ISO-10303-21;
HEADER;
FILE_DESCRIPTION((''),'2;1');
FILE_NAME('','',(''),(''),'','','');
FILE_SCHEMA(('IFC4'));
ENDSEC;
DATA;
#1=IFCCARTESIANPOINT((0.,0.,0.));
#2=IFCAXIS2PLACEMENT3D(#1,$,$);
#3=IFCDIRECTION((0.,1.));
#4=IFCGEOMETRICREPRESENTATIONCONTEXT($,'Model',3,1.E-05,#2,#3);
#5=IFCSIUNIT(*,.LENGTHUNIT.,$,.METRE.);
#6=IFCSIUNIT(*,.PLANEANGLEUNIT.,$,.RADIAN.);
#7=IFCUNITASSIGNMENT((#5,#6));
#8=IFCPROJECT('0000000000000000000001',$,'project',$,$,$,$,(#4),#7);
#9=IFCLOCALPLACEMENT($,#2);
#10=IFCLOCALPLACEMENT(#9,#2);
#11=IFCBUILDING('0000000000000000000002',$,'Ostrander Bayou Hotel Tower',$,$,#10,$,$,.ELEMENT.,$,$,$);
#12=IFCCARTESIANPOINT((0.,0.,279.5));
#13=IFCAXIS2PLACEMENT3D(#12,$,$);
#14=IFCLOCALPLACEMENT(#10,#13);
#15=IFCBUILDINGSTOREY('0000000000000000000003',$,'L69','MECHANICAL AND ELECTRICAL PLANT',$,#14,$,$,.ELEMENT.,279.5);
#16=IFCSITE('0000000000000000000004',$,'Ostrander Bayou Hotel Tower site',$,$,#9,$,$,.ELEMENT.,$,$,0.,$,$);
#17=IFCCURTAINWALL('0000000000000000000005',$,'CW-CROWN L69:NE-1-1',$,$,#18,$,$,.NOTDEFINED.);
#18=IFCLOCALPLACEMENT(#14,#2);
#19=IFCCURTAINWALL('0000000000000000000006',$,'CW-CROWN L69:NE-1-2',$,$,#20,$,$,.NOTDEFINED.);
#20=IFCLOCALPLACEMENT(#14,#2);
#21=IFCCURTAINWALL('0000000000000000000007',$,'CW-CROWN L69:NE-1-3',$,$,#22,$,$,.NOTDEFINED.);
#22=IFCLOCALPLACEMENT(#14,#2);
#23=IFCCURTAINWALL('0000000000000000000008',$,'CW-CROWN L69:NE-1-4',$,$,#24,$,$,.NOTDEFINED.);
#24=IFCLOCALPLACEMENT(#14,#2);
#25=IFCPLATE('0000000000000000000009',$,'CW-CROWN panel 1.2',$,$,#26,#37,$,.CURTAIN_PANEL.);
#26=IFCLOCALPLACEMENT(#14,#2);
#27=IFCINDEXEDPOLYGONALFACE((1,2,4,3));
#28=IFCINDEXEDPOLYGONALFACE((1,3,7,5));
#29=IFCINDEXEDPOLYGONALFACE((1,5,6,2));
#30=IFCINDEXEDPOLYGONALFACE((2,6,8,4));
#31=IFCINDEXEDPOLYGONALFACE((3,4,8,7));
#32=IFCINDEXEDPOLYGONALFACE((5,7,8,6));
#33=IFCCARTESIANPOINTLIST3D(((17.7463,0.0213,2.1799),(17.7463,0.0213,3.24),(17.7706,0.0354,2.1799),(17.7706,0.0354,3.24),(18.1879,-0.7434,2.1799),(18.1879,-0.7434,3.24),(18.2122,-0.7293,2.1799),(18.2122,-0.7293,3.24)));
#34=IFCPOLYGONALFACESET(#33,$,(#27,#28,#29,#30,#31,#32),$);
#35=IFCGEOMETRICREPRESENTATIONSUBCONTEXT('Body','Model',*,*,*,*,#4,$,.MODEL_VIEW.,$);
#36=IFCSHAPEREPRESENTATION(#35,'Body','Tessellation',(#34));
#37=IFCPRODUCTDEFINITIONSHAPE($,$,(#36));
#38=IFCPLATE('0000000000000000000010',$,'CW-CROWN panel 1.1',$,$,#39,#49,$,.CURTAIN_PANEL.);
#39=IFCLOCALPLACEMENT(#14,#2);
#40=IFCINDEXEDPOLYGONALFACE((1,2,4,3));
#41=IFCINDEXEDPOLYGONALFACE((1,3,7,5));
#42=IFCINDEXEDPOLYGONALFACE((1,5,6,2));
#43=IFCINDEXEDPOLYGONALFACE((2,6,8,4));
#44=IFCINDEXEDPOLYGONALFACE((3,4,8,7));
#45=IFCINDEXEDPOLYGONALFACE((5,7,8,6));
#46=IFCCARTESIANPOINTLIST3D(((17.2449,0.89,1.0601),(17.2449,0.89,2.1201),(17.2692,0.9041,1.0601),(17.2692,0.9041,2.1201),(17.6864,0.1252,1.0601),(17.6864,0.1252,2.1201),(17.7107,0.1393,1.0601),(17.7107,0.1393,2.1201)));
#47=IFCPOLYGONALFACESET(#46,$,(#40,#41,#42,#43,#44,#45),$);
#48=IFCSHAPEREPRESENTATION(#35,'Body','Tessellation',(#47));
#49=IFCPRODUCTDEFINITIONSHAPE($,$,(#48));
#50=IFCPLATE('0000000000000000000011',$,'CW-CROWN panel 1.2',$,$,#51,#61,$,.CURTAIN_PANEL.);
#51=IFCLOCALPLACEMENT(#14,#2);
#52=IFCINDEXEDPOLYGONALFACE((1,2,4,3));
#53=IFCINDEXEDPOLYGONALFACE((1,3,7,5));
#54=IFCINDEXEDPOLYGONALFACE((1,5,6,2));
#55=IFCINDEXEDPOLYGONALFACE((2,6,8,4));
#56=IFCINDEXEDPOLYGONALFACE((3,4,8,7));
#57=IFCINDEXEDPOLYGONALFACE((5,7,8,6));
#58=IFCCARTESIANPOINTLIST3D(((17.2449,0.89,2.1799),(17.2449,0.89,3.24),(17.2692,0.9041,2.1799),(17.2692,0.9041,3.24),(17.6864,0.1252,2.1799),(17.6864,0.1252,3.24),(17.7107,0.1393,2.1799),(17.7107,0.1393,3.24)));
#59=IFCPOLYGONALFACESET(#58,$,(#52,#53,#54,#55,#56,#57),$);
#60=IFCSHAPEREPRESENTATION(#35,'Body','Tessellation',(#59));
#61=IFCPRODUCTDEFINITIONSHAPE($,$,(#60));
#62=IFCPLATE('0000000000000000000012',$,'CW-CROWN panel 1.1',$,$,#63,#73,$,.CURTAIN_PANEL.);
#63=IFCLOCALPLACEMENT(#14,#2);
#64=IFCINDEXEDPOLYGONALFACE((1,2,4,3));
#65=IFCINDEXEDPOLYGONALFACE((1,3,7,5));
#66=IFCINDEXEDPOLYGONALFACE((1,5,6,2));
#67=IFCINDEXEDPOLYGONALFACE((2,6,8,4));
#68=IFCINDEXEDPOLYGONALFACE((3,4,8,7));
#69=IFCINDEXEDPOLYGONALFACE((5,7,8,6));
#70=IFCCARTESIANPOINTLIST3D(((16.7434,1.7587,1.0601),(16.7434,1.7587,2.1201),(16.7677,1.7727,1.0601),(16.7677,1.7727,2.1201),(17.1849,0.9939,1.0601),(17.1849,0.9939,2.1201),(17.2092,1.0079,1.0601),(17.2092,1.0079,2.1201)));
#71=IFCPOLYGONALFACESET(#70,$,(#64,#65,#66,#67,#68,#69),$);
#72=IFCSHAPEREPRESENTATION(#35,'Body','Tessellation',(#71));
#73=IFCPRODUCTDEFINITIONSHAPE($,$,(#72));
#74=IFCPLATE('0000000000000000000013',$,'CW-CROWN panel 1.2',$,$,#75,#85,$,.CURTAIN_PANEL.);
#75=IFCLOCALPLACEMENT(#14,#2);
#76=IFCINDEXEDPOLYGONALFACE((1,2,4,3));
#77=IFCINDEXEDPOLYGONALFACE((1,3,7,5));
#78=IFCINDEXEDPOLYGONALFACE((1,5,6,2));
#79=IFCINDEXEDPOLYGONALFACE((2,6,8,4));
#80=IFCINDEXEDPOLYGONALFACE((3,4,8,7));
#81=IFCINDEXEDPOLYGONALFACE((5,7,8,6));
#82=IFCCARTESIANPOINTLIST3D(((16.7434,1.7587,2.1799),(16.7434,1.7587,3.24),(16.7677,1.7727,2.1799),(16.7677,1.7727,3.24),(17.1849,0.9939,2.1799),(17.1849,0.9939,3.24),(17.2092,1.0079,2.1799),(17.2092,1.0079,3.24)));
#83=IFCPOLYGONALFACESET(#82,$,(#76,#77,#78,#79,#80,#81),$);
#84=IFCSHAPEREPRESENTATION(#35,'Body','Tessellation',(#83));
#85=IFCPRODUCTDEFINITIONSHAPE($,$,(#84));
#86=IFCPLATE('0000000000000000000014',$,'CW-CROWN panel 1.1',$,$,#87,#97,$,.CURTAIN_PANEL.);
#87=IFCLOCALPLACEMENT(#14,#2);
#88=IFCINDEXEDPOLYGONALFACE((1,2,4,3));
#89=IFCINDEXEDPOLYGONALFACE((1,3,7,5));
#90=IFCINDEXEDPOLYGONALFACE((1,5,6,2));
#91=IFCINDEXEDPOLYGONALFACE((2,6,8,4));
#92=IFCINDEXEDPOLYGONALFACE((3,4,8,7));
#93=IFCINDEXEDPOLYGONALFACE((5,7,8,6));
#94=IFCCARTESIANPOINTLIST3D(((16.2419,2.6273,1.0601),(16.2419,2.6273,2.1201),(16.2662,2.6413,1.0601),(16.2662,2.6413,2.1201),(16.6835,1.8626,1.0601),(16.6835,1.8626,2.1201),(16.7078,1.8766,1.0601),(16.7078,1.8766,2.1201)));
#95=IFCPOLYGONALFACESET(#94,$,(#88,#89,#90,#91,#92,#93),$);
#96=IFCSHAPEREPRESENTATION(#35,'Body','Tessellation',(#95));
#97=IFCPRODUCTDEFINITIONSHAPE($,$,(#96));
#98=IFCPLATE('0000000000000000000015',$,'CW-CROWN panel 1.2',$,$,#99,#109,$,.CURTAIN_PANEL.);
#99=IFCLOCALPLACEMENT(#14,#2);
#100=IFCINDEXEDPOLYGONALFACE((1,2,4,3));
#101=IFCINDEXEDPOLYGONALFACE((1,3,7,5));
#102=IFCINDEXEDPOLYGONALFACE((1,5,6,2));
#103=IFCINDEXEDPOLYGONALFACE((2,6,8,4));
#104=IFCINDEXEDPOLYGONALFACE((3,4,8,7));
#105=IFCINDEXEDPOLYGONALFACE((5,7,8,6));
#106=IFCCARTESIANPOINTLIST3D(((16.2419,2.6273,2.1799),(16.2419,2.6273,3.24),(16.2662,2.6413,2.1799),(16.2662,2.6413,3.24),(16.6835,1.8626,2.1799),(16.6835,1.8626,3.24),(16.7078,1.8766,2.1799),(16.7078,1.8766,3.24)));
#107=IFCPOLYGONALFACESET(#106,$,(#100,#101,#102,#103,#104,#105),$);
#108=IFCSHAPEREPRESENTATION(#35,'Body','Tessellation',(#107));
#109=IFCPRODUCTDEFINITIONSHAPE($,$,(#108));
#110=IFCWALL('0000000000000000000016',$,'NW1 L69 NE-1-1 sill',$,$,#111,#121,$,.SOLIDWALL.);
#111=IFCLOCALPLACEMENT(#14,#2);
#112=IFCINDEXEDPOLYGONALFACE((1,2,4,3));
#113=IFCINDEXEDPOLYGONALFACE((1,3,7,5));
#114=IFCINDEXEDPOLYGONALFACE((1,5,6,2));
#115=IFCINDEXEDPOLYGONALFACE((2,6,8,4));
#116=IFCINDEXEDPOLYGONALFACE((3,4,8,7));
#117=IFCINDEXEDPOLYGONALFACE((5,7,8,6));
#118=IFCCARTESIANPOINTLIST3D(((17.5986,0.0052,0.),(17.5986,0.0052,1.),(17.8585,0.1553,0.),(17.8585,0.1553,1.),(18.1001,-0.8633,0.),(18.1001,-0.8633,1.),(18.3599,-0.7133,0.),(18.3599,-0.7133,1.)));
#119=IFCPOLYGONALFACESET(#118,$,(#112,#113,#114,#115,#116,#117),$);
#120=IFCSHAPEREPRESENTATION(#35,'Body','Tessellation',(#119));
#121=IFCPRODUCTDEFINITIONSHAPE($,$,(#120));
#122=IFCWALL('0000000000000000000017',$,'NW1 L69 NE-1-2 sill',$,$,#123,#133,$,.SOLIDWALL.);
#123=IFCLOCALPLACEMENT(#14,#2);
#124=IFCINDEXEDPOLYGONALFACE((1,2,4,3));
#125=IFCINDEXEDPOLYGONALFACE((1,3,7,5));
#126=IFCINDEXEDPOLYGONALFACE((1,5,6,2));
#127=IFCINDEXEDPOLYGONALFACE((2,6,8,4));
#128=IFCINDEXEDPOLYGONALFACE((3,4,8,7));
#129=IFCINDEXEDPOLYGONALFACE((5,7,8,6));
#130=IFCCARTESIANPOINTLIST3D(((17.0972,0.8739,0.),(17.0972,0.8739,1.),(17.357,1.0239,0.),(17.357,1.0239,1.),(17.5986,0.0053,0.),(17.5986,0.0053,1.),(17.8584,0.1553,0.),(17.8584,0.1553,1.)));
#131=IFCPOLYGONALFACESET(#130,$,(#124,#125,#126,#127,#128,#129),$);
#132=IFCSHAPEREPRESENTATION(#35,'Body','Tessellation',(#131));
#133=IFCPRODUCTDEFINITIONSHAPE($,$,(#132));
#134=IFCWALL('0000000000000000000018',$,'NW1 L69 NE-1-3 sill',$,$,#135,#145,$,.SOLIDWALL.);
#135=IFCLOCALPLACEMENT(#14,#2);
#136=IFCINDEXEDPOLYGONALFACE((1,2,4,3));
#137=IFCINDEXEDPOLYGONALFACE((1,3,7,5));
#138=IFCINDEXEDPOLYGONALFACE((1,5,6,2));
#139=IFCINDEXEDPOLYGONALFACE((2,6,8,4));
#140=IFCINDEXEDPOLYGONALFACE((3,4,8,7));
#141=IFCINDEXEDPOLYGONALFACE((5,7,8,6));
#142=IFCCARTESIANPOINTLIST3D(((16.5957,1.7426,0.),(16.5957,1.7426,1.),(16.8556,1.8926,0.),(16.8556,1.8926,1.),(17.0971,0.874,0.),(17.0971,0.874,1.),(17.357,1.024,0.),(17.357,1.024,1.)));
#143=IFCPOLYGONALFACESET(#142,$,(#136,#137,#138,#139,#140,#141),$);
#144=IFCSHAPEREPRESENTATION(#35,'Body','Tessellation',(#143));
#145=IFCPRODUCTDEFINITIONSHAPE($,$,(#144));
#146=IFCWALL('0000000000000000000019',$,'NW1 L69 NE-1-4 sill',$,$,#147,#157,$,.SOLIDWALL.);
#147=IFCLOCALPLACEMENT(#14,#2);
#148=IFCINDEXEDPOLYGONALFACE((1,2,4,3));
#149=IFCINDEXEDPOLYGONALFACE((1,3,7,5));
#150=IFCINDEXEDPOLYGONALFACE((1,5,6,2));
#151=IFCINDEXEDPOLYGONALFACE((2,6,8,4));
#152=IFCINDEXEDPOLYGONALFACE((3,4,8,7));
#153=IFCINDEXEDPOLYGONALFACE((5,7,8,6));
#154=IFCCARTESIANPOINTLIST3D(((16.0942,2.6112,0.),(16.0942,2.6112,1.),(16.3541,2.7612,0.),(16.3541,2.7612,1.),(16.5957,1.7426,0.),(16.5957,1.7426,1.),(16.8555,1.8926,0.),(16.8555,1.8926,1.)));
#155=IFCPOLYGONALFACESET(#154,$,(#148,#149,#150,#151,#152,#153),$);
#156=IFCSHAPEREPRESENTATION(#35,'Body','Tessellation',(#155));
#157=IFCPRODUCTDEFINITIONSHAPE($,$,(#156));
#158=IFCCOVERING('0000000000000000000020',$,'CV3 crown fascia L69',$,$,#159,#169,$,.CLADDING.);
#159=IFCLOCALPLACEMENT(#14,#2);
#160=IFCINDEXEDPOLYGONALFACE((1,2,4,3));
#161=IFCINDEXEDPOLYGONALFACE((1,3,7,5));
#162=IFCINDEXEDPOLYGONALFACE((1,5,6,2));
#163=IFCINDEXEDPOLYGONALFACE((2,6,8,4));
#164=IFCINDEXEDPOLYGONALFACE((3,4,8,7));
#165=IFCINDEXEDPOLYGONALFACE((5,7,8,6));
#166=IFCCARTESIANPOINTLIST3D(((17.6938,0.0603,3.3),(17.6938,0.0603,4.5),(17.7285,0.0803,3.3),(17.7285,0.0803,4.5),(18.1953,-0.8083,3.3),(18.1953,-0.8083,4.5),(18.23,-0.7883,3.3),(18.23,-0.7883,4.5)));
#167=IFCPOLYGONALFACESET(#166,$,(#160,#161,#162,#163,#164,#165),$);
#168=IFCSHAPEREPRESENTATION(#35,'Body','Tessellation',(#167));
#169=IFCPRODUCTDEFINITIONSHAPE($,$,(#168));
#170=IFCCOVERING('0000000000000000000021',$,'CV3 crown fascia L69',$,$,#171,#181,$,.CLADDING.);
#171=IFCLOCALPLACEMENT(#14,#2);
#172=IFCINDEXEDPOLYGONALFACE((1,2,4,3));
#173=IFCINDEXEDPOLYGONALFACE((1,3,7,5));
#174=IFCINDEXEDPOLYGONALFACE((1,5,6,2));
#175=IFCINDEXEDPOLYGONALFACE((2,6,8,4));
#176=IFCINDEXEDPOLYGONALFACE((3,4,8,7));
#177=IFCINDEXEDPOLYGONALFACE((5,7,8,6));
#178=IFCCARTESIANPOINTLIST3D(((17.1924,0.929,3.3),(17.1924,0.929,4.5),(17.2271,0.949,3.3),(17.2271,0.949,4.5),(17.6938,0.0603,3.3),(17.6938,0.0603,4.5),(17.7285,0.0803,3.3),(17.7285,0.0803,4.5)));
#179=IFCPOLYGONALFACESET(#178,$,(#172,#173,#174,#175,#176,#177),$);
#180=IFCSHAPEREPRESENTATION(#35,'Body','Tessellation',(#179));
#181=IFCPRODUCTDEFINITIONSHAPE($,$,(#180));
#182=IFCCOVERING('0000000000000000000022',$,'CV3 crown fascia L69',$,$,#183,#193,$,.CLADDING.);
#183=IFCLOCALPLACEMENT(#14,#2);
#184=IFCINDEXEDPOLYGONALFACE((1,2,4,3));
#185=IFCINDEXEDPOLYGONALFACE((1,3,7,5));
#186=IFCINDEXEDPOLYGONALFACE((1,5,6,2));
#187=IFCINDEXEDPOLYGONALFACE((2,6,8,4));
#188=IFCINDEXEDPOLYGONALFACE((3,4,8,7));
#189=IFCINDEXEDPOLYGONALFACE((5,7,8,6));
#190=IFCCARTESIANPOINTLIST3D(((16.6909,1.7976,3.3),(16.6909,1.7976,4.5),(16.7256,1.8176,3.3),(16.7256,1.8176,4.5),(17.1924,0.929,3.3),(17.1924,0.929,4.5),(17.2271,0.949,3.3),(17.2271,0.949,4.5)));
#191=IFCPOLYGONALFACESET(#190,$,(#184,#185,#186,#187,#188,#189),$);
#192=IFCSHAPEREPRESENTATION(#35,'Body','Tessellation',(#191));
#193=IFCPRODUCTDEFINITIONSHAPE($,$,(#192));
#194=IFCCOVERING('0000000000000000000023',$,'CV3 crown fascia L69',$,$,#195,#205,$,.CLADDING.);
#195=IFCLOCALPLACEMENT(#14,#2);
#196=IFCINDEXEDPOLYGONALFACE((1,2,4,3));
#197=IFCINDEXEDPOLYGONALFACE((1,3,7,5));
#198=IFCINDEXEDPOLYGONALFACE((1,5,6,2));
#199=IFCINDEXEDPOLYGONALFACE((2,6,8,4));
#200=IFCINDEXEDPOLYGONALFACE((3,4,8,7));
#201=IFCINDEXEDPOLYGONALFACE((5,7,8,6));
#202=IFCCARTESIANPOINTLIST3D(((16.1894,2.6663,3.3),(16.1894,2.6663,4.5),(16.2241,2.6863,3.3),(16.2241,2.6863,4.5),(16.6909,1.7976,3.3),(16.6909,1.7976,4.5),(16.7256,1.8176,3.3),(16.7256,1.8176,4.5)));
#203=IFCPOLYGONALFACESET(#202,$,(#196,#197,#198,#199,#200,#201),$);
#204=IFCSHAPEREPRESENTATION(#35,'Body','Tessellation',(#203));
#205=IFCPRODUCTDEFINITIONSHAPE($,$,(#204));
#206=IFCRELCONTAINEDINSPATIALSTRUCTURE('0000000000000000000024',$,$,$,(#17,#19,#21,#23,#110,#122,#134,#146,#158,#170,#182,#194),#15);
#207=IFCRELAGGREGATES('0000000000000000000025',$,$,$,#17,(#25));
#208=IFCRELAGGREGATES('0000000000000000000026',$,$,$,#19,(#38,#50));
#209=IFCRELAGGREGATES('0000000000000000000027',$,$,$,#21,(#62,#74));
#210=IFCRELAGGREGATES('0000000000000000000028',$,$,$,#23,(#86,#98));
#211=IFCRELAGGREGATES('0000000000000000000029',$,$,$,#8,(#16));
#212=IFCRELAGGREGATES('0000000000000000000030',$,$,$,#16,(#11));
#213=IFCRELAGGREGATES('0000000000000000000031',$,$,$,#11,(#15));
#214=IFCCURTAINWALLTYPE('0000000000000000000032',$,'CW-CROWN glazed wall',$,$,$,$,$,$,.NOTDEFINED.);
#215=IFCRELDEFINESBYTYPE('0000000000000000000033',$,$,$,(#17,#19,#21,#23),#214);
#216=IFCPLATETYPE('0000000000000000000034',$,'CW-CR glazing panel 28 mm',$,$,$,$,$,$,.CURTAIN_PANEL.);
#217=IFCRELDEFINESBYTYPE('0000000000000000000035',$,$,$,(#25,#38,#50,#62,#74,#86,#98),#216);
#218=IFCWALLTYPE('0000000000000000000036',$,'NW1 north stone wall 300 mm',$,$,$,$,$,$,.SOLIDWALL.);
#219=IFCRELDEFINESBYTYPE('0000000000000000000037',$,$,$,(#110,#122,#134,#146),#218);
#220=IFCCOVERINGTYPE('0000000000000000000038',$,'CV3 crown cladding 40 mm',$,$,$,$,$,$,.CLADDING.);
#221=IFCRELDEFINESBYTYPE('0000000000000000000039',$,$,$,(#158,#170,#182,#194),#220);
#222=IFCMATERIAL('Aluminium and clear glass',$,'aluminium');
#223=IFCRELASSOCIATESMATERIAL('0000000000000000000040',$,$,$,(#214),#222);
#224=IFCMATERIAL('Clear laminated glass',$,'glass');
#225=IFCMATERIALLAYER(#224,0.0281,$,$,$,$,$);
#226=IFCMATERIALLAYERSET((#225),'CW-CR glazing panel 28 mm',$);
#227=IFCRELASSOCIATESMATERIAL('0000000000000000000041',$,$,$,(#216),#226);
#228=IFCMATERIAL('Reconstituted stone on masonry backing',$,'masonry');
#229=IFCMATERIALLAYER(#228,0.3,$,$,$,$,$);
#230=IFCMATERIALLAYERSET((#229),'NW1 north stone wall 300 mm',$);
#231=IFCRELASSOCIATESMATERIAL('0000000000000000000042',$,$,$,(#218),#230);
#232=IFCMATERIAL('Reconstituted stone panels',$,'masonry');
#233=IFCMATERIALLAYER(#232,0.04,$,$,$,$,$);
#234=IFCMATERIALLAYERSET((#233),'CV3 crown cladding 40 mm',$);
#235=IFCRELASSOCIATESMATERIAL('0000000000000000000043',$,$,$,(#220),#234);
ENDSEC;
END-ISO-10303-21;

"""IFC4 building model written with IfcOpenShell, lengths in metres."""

from ifc_helpers import new_model, si_unit, direction, frame, frame_2d, origin, origin_2d, place, context, subcontext, project, spatial, polyline, rectangle, outline, extrude, material, layer, layer_set, type_object, element, aggregate, save


model = new_model("IFC4")

# Units and contexts
model_context = context("Model", 3, precision=1e-05, world=origin(), true_north=direction((0.0, 1.0)))
body_context = subcontext(model_context, "Body", "Model", "MODEL_VIEW")
ifc_project = project(units=[si_unit("LENGTHUNIT", "METRE"), si_unit("PLANEANGLEUNIT", "RADIAN")], contexts=[model_context])

# Site, building, storey
site_placement = place(None, origin())
site = spatial("IfcSite", under=ifc_project, at=site_placement, Name="Ostrander Bayou Hotel Tower site", CompositionType="ELEMENT", RefElevation=0.0)
building_placement = place(site_placement, origin())
building = spatial("IfcBuilding", under=site, at=building_placement, Name="Ostrander Bayou Hotel Tower", CompositionType="ELEMENT")
storey_placement = place(building_placement, frame((0.0, 0.0, 279.5)))
storey = spatial("IfcBuildingStorey", under=building, at=storey_placement, Name="L69", Description="MECHANICAL AND ELECTRICAL PLANT", CompositionType="ELEMENT", Elevation=279.5)

# Curtain walls
ifc_material_1 = material(Name="Aluminium and clear glass", Category="aluminium")
curtain_wall_type = type_object("IfcCurtainWallType", Name="CW-CROWN glazed wall", PredefinedType="NOTDEFINED", material=ifc_material_1)
curtain_wall_1_placement = place(storey_placement, origin())
curtain_wall_1 = element("IfcCurtainWall", 1, at=curtain_wall_1_placement, inside=storey, type_object=curtain_wall_type, Name="CW-CROWN L69:NE-1-1", PredefinedType="NOTDEFINED")
curtain_wall_2_placement = place(storey_placement, origin())
curtain_wall_2 = element("IfcCurtainWall", 2, at=curtain_wall_2_placement, inside=storey, type_object=curtain_wall_type, Name="CW-CROWN L69:NE-1-2", PredefinedType="NOTDEFINED")
curtain_wall_3_placement = place(storey_placement, origin())
curtain_wall_3 = element("IfcCurtainWall", 3, at=curtain_wall_3_placement, inside=storey, type_object=curtain_wall_type, Name="CW-CROWN L69:NE-1-3", PredefinedType="NOTDEFINED")
curtain_wall_4_placement = place(storey_placement, origin())
curtain_wall_4 = element("IfcCurtainWall", 4, at=curtain_wall_4_placement, inside=storey, type_object=curtain_wall_type, Name="CW-CROWN L69:NE-1-4", PredefinedType="NOTDEFINED")

# Plates
ifc_material_2 = material(Name="Clear laminated glass", Category="glass")
ifc_layer_1 = layer(ifc_material_2, 0.0281)
ifc_layer_set_1 = layer_set([ifc_layer_1], Name="CW-CR glazing panel 28 mm")
plate_type = type_object("IfcPlateType", Name="CW-CR glazing panel 28 mm", PredefinedType="CURTAIN_PANEL", material=ifc_layer_set_1)
plate_1_placement = place(storey_placement, frame((17.9792, -0.354, 2.1799), z_axis=(0.0, 0.0, 1.0), x_axis=(-0.500085, 0.865976, 0.0)))
plate_1 = element("IfcPlate", 5, at=plate_1_placement, type_object=plate_type, Name="CW-CROWN panel 1.2", PredefinedType="CURTAIN_PANEL", context=body_context, shape_type="SweptSolid", body=[
    extrude(rectangle(XDim=0.8831, YDim=0.0281, at=origin_2d()), origin(), (0.0, 0.0, 1.0), 1.0601),
])
aggregate(curtain_wall_1, [plate_1])
plate_2_placement = place(storey_placement, frame((17.4778, 0.5146, 1.0601), z_axis=(0.0, 0.0, 1.0), x_axis=(-0.499967, 0.866044, 0.0)))
plate_2 = element("IfcPlate", 6, at=plate_2_placement, type_object=plate_type, Name="CW-CROWN panel 1.1", PredefinedType="CURTAIN_PANEL", context=body_context, shape_type="SweptSolid", body=[
    extrude(rectangle(XDim=0.8831, YDim=0.0281, at=origin_2d()), origin(), (0.0, 0.0, 1.0), 1.0601),
])
plate_3_placement = place(storey_placement, frame((17.4778, 0.5146, 2.1799), z_axis=(0.0, 0.0, 1.0), x_axis=(-0.499967, 0.866044, 0.0)))
plate_3 = element("IfcPlate", 7, at=plate_3_placement, type_object=plate_type, Name="CW-CROWN panel 1.2", PredefinedType="CURTAIN_PANEL", context=body_context, shape_type="SweptSolid", body=[
    extrude(rectangle(XDim=0.8831, YDim=0.0281, at=origin_2d()), origin(), (0.0, 0.0, 1.0), 1.0601),
])
aggregate(curtain_wall_2, [plate_2, plate_3])
plate_4_placement = place(storey_placement, frame((16.9763, 1.3833, 1.0601), z_axis=(0.0, 0.0, 1.0), x_axis=(-0.499967, 0.866044, 0.0)))
plate_4 = element("IfcPlate", 8, at=plate_4_placement, type_object=plate_type, Name="CW-CROWN panel 1.1", PredefinedType="CURTAIN_PANEL", context=body_context, shape_type="SweptSolid", body=[
    extrude(rectangle(XDim=0.8831, YDim=0.0281, at=origin_2d()), origin(), (0.0, 0.0, 1.0), 1.0601),
])
plate_5_placement = place(storey_placement, frame((16.9763, 1.3833, 2.1799), z_axis=(0.0, 0.0, 1.0), x_axis=(-0.499967, 0.866044, 0.0)))
plate_5 = element("IfcPlate", 9, at=plate_5_placement, type_object=plate_type, Name="CW-CROWN panel 1.2", PredefinedType="CURTAIN_PANEL", context=body_context, shape_type="SweptSolid", body=[
    extrude(rectangle(XDim=0.8831, YDim=0.0281, at=origin_2d()), origin(), (0.0, 0.0, 1.0), 1.0601),
])
aggregate(curtain_wall_3, [plate_4, plate_5])
plate_6_placement = place(storey_placement, frame((16.4749, 2.252, 1.0601), z_axis=(0.0, 0.0, 1.0), x_axis=(-0.50001, 0.86602, 0.0)))
plate_6 = element("IfcPlate", 10, at=plate_6_placement, type_object=plate_type, Name="CW-CROWN panel 1.1", PredefinedType="CURTAIN_PANEL", context=body_context, shape_type="SweptSolid", body=[
    extrude(rectangle(XDim=0.8831, YDim=0.0281, at=origin_2d()), origin(), (0.0, 0.0, 1.0), 1.0601),
])
plate_7_placement = place(storey_placement, frame((16.4749, 2.252, 2.1799), z_axis=(0.0, 0.0, 1.0), x_axis=(-0.50001, 0.86602, 0.0)))
plate_7 = element("IfcPlate", 11, at=plate_7_placement, type_object=plate_type, Name="CW-CROWN panel 1.2", PredefinedType="CURTAIN_PANEL", context=body_context, shape_type="SweptSolid", body=[
    extrude(rectangle(XDim=0.8831, YDim=0.0281, at=origin_2d()), origin(), (0.0, 0.0, 1.0), 1.0601),
])
aggregate(curtain_wall_4, [plate_6, plate_7])

# Walls
ifc_material_3 = material(Name="Reconstituted stone on masonry backing", Category="masonry")
ifc_layer_2 = layer(ifc_material_3, 0.3)
ifc_layer_set_2 = layer_set([ifc_layer_2], Name="NW1 north stone wall 300 mm")
wall_type = type_object("IfcWallType", Name="NW1 north stone wall 300 mm", PredefinedType="SOLIDWALL", material=ifc_layer_set_2)
for number, where, z_axis, x_axis, name in (
    (12, (18.23, -0.7883, 0.0), (0.0, 0.0, 1.0), (-0.499961, 0.866048, 0.0), "NW1 L69 NE-1-1 sill"),
    (13, (17.7285, 0.0803, 0.0), (0.0, 0.0, 1.0), (-0.499961, 0.866048, 0.0), "NW1 L69 NE-1-2 sill"),
    (14, (17.2271, 0.949, 0.0), (0.0, 0.0, 1.0), (-0.499961, 0.866048, 0.0), "NW1 L69 NE-1-3 sill"),
    (15, (16.7256, 1.8176, 0.0), (0.0, 0.0, 1.0), (-0.499961, 0.866048, 0.0), "NW1 L69 NE-1-4 sill"),
):
    element("IfcWall", number, at=place(storey_placement, frame(where, z_axis=z_axis, x_axis=x_axis)), inside=storey, type_object=wall_type, Name=name, PredefinedType="SOLIDWALL", context=body_context, shape_type="SweptSolid", body=[
        extrude(rectangle(XDim=1.0029, YDim=0.3, at=frame_2d((0.5015, 0.0))), origin(), (0.0, 0.0, 1.0), 1.0),
    ])

# Coverings
ifc_material_4 = material(Name="Reconstituted stone panels", Category="masonry")
ifc_layer_3 = layer(ifc_material_4, 0.04)
ifc_layer_set_3 = layer_set([ifc_layer_3], Name="CV3 crown cladding 40 mm")
covering_type = type_object("IfcCoveringType", Name="CV3 crown cladding 40 mm", PredefinedType="CLADDING", material=ifc_layer_set_3)
for number, where, z_axis, x_axis, name in (
    (16, (18.23, -0.7883, 3.3), (0.866048, 0.499961, 0.0), (-0.499961, 0.866048, 0.0), "CV3 crown fascia L69"),
    (17, (17.7285, 0.0803, 3.3), (0.866048, 0.499961, 0.0), (-0.499961, 0.866048, 0.0), "CV3 crown fascia L69"),
    (18, (17.2271, 0.949, 3.3), (0.866048, 0.499961, 0.0), (-0.499961, 0.866048, 0.0), "CV3 crown fascia L69"),
    (19, (16.7256, 1.8176, 3.3), (0.866048, 0.499961, 0.0), (-0.499961, 0.866048, 0.0), "CV3 crown fascia L69"),
):
    element("IfcCovering", number, at=place(storey_placement, frame(where, z_axis=z_axis, x_axis=x_axis)), inside=storey, type_object=covering_type, Name=name, PredefinedType="CLADDING", context=body_context, shape_type="SweptSolid", body=[
        extrude(outline(polyline([(0.0, 0.0), (1.003, 0.0), (1.003, 1.2), (0.0, 1.2), (0.0, 0.0)])), origin(), (0.0, 0.0, -1.0), 0.04),
    ])

save(model, "model.ifc")
